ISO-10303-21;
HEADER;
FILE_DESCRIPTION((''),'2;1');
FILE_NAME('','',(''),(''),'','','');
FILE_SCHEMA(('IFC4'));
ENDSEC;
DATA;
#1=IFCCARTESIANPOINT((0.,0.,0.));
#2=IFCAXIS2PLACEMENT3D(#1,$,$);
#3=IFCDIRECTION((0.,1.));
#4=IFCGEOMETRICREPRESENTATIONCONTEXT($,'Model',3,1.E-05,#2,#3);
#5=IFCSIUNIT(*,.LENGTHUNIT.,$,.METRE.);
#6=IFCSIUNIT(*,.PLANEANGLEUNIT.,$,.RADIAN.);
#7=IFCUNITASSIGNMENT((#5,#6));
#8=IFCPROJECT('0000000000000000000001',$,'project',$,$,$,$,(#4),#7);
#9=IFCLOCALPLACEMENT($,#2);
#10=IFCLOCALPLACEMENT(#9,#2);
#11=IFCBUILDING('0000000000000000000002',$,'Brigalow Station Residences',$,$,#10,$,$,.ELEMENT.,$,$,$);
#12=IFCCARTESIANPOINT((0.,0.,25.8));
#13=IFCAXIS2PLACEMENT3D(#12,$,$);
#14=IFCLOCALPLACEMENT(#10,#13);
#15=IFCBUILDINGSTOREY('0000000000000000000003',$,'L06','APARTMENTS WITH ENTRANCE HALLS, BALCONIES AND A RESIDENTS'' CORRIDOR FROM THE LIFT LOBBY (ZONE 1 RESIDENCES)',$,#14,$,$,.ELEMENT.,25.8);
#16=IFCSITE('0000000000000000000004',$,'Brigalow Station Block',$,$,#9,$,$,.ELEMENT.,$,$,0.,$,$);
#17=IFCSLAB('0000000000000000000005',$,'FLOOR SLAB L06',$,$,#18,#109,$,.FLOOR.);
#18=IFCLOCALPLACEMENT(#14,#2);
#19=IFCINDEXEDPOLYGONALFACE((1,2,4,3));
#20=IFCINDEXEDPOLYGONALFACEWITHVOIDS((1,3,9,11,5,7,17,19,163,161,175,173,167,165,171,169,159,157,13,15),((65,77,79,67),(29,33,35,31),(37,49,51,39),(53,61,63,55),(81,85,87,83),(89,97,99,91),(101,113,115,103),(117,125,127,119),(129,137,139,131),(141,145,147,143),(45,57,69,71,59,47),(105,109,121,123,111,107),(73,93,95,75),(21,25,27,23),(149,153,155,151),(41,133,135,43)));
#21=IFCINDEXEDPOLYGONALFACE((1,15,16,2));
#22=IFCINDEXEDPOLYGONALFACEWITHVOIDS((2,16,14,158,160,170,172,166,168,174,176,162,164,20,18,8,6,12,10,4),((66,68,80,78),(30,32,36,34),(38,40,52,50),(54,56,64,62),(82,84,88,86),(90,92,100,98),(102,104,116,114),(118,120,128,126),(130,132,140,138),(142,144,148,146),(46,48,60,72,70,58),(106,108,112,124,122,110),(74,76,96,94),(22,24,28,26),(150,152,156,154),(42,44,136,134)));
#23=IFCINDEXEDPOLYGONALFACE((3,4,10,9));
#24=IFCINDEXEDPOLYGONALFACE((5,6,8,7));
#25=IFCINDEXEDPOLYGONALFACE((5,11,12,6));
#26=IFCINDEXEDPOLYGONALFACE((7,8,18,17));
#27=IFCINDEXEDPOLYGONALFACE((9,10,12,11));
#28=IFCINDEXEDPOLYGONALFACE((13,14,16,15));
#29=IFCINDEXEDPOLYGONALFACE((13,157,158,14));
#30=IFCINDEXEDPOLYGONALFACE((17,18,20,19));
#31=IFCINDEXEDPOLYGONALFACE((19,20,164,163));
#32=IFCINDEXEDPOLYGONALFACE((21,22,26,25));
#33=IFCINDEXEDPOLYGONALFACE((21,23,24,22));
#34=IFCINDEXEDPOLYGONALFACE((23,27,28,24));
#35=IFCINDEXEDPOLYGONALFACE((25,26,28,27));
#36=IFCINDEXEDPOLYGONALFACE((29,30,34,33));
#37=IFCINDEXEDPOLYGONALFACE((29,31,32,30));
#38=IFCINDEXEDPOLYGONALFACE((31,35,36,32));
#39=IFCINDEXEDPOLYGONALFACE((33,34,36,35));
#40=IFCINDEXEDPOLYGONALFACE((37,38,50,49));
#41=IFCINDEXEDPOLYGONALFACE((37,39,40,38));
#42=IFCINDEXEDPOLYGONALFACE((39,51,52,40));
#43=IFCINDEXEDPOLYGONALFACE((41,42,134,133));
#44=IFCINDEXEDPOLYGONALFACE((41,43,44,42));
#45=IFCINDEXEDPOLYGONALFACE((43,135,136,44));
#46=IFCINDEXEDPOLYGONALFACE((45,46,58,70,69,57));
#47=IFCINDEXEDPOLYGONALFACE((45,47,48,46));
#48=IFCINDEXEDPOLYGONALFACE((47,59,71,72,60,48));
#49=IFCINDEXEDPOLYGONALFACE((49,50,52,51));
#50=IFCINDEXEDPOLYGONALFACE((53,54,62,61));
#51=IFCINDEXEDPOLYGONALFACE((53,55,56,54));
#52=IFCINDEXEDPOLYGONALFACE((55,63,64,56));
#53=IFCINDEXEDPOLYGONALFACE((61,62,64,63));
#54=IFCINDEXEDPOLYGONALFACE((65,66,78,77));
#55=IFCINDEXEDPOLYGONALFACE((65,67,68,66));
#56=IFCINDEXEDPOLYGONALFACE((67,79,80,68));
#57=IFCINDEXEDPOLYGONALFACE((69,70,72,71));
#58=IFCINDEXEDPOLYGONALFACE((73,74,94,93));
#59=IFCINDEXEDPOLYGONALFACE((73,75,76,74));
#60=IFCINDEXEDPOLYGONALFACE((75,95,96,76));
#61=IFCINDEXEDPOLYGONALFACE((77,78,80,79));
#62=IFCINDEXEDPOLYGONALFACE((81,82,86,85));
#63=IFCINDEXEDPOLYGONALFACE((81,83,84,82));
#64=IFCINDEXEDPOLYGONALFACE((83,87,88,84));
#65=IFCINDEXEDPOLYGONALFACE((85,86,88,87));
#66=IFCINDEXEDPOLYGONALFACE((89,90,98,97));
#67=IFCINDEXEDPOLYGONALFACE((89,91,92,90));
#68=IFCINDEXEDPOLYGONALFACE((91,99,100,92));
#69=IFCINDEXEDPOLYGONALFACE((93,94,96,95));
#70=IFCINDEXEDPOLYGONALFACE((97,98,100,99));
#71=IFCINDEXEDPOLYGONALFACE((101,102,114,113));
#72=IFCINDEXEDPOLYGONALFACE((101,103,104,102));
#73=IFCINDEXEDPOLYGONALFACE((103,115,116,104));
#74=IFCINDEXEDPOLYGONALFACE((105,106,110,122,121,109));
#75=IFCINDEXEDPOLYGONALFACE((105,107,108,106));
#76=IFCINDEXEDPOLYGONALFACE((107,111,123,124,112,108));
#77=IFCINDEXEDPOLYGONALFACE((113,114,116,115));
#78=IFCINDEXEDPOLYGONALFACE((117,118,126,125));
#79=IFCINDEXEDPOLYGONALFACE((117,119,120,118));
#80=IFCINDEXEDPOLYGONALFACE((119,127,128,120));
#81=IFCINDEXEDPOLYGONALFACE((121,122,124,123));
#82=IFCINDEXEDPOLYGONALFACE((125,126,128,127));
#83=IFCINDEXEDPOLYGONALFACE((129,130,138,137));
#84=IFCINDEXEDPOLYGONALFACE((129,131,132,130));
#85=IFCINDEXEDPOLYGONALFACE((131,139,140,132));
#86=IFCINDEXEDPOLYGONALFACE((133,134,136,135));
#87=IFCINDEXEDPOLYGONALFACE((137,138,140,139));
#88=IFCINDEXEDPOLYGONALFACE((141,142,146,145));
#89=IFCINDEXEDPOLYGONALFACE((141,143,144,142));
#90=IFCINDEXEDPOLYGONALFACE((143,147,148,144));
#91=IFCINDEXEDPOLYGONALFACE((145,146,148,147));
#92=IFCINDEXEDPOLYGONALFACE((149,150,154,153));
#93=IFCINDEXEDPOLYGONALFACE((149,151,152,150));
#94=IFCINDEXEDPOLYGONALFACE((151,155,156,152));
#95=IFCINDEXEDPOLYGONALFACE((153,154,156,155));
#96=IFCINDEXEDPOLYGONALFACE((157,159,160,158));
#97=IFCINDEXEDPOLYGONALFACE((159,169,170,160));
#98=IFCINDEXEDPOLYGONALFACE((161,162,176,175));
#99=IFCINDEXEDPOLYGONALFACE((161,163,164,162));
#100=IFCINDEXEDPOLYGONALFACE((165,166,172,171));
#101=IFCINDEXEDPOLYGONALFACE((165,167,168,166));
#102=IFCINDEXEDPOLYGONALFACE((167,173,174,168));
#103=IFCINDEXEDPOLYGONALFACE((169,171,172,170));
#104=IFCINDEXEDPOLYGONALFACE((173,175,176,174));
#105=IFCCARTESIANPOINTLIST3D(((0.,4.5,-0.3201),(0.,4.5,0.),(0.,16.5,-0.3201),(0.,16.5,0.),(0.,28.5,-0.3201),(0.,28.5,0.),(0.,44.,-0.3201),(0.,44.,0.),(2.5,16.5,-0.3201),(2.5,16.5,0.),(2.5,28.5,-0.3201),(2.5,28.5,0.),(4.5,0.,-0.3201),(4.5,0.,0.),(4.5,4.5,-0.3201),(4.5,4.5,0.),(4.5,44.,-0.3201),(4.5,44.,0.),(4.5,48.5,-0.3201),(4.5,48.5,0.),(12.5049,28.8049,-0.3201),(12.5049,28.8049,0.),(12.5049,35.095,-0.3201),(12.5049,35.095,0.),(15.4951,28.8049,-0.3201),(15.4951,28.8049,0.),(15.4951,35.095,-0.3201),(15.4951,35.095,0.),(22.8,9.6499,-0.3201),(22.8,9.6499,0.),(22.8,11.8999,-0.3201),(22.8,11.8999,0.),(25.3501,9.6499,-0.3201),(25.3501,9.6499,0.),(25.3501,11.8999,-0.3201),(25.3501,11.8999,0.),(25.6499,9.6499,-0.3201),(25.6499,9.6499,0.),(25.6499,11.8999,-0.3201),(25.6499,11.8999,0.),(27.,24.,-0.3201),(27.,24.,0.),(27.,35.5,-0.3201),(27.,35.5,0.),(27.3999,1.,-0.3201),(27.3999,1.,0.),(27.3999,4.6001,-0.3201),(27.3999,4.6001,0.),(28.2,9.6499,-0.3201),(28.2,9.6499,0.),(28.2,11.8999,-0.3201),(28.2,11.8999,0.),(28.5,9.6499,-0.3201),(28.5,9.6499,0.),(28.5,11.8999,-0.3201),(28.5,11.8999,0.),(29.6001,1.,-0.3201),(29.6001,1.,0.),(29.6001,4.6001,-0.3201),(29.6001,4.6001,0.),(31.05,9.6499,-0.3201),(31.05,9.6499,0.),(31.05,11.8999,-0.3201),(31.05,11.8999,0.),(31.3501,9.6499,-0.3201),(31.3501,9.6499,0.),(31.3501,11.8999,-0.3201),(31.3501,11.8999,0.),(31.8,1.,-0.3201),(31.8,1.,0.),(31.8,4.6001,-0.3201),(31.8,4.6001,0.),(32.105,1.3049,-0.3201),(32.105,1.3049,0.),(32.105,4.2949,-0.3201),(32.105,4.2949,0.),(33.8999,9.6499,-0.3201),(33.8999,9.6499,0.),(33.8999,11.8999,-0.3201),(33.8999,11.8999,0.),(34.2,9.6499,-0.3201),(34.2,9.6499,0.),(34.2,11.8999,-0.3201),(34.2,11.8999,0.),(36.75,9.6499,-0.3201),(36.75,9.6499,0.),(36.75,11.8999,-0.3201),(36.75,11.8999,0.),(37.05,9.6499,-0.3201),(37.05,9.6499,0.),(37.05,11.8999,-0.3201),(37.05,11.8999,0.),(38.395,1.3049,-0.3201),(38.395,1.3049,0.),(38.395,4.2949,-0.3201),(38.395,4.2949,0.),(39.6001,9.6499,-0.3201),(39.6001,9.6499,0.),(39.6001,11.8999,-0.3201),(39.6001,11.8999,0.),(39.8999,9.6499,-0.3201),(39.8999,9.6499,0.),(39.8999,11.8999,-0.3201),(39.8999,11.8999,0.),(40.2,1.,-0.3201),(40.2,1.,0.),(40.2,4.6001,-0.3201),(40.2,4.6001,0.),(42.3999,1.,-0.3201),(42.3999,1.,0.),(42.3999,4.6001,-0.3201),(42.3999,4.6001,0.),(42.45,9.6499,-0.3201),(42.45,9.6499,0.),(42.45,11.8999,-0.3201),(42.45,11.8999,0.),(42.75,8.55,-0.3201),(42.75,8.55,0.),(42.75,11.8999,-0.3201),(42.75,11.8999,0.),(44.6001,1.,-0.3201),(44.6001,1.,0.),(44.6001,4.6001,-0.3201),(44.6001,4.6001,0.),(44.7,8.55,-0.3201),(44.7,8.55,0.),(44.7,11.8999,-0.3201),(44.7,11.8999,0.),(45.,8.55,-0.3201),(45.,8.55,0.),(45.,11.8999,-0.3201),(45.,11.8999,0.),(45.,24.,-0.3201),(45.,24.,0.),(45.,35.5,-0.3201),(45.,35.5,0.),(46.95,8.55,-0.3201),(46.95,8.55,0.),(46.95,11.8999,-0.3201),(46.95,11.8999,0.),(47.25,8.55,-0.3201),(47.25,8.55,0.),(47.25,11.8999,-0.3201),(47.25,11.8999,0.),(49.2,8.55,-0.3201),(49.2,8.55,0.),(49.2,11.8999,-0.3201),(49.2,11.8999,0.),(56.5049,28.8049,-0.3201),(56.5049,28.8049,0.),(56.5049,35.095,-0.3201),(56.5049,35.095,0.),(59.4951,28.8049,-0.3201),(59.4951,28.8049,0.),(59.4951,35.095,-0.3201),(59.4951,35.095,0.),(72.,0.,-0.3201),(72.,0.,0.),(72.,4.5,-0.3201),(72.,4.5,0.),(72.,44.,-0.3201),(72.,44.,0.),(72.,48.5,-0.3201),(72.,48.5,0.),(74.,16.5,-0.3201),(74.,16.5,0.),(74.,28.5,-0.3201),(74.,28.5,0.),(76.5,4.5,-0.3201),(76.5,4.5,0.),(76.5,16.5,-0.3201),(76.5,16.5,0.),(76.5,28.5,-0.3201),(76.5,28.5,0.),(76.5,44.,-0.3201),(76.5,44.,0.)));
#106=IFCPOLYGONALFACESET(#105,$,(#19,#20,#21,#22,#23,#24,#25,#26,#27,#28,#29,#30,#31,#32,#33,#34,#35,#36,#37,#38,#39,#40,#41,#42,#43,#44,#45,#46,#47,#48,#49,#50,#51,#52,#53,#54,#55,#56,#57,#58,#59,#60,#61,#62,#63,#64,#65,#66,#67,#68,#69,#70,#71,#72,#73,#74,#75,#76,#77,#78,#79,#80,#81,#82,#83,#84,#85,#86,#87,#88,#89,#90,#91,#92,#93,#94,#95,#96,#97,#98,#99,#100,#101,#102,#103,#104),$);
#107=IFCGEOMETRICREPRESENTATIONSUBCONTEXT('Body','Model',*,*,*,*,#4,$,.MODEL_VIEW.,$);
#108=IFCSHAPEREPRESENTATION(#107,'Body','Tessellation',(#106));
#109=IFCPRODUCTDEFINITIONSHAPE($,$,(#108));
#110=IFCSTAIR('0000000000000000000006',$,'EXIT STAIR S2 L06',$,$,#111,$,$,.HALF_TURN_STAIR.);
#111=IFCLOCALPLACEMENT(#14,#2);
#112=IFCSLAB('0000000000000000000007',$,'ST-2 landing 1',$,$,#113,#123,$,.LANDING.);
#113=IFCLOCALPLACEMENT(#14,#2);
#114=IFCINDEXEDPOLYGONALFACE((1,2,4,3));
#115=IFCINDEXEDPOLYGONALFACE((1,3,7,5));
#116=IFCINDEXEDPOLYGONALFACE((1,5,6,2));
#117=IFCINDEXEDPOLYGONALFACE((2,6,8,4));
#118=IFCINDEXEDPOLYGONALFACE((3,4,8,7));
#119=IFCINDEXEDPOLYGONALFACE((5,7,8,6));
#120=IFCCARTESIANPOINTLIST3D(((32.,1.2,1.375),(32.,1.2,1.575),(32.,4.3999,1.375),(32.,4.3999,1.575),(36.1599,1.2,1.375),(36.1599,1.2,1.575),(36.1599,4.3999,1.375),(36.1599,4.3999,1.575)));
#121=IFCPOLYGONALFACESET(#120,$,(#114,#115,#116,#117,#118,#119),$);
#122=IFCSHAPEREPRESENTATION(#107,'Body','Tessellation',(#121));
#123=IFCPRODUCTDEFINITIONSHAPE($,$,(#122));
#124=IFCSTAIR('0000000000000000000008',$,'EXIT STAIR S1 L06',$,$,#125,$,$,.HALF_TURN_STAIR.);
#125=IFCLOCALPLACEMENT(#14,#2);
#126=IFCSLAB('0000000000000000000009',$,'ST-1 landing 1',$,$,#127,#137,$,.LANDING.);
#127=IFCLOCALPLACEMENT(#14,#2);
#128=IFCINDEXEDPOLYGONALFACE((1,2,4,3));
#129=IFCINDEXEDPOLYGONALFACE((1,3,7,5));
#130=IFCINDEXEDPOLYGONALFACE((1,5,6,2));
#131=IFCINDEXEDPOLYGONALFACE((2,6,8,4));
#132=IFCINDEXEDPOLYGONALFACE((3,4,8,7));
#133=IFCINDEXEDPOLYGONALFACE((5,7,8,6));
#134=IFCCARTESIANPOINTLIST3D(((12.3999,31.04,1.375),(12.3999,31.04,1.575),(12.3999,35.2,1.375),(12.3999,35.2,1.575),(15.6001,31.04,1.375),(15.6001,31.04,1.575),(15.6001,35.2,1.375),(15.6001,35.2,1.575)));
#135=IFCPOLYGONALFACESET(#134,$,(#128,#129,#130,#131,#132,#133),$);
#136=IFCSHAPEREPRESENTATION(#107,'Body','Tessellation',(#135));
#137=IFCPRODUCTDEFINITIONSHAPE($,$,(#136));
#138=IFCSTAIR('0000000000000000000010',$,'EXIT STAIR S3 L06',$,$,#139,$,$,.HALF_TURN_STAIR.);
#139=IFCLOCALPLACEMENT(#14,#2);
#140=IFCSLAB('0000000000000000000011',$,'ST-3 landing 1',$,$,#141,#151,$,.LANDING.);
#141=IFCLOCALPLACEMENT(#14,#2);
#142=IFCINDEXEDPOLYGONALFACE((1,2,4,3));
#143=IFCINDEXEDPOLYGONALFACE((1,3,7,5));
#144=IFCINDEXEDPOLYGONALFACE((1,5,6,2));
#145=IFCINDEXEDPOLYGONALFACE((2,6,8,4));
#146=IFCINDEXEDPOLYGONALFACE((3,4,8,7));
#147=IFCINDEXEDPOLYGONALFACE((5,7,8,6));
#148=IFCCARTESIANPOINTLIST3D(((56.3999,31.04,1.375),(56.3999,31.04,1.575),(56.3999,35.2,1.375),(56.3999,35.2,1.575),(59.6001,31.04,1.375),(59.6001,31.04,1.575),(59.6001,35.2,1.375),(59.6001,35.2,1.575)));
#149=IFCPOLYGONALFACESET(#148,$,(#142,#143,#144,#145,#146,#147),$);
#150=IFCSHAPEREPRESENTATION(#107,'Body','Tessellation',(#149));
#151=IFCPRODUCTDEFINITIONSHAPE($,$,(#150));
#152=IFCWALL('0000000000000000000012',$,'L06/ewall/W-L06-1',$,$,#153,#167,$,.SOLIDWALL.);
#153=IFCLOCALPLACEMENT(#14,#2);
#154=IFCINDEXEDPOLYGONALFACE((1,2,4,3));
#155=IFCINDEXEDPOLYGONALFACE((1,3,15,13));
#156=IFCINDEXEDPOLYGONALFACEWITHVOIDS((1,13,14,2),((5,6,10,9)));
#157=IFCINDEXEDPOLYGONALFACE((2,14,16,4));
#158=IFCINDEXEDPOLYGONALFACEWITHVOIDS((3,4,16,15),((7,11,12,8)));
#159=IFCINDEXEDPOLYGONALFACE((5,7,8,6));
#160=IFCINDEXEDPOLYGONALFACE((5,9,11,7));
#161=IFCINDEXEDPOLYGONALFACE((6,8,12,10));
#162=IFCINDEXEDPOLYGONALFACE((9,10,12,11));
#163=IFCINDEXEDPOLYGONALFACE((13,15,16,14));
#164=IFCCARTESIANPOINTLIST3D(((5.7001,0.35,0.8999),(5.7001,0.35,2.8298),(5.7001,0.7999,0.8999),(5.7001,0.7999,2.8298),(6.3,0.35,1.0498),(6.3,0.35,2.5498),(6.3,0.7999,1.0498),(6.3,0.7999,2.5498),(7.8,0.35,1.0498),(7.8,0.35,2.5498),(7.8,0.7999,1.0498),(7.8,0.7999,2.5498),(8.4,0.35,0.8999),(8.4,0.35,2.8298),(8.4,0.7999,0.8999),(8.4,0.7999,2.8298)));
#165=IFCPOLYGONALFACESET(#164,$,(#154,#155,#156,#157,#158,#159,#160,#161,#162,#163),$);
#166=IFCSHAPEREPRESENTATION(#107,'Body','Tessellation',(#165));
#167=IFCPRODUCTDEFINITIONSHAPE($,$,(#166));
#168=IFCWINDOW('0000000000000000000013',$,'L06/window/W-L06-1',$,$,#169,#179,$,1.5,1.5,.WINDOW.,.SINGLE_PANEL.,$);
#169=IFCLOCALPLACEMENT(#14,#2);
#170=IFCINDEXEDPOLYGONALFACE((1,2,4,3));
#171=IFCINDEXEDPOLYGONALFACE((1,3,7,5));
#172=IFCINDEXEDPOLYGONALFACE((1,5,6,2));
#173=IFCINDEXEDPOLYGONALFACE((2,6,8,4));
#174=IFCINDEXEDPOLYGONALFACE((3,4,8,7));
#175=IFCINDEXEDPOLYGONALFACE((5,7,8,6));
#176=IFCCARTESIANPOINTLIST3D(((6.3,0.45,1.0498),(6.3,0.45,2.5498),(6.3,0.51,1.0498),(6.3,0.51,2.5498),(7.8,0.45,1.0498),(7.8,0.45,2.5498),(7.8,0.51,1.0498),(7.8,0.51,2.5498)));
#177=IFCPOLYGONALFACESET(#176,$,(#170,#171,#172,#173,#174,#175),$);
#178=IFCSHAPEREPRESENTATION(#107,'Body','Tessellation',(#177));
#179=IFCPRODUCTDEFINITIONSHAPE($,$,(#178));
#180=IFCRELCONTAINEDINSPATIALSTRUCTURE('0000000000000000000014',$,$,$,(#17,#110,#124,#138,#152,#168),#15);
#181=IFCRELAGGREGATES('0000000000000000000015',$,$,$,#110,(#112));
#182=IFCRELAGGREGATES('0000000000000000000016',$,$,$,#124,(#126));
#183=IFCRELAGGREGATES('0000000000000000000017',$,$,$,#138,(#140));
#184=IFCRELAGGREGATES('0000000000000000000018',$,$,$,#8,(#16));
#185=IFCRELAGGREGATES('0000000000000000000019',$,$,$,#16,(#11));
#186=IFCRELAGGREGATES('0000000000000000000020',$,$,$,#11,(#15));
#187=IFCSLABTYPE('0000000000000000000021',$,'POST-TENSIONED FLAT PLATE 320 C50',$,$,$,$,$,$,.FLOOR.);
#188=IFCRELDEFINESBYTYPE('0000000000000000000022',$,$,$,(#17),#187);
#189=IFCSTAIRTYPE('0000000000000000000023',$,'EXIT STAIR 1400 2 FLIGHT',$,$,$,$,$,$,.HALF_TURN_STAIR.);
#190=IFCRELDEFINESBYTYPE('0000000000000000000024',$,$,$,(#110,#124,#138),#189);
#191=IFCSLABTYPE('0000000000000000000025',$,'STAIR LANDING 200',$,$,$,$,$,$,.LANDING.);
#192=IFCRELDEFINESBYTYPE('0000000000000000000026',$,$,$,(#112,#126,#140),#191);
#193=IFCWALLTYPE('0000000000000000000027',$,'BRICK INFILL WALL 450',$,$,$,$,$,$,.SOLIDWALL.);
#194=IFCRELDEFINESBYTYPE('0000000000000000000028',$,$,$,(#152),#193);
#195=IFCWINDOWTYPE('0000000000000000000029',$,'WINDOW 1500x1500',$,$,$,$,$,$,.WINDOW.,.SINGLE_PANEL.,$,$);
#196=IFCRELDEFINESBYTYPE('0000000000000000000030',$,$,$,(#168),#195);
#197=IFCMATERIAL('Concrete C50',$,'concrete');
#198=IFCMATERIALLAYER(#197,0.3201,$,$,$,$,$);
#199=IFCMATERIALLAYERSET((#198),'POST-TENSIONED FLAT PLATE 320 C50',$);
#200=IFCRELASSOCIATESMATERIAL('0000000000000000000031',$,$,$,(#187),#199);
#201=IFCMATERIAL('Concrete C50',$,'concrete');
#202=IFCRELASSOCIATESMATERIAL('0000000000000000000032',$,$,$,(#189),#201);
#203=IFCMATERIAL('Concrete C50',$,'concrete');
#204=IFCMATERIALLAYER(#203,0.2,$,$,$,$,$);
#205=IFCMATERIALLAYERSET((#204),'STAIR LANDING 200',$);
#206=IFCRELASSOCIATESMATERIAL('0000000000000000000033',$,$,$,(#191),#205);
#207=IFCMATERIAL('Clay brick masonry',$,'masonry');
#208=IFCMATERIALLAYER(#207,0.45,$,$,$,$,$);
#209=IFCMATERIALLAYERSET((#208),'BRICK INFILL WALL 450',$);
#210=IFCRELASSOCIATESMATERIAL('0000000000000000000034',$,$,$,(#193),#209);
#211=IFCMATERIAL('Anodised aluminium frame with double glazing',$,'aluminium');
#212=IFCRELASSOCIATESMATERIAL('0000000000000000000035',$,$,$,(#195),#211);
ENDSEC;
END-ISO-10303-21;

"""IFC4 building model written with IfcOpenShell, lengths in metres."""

from ifc_helpers import new_model, si_unit, direction, frame, frame_2d, origin, place, context, subcontext, project, spatial, polyline, rectangle, outline, extrude, material, layer, layer_set, type_object, element, fill, aggregate, save


model = new_model("IFC4")

# Units and contexts
model_context = context("Model", 3, precision=1e-05, world=origin(), true_north=direction((0.0, 1.0)))
body_context = subcontext(model_context, "Body", "Model", "MODEL_VIEW")
ifc_project = project(units=[si_unit("LENGTHUNIT", "METRE"), si_unit("PLANEANGLEUNIT", "RADIAN")], contexts=[model_context])

# Site, building, storey
site_placement = place(None, origin())
site = spatial("IfcSite", under=ifc_project, at=site_placement, Name="Brigalow Station Block", CompositionType="ELEMENT", RefElevation=0.0)
building_placement = place(site_placement, origin())
building = spatial("IfcBuilding", under=site, at=building_placement, Name="Brigalow Station Residences", CompositionType="ELEMENT")
storey_placement = place(building_placement, frame((0.0, 0.0, 25.8)))
storey = spatial("IfcBuildingStorey", under=building, at=storey_placement, Name="L06", Description="APARTMENTS WITH ENTRANCE HALLS, BALCONIES AND A RESIDENTS' CORRIDOR FROM THE LIFT LOBBY (ZONE 1 RESIDENCES)", CompositionType="ELEMENT", Elevation=25.8)

# Slab
ifc_material_1 = material(Name="Concrete C50", Category="concrete")
ifc_layer_1 = layer(ifc_material_1, 0.3201)
ifc_layer_set_1 = layer_set([ifc_layer_1], Name="POST-TENSIONED FLAT PLATE 320 C50")
slab_type_1 = type_object("IfcSlabType", Name="POST-TENSIONED FLAT PLATE 320 C50", PredefinedType="FLOOR", material=ifc_layer_set_1)
slab_1_placement = place(storey_placement, frame((0.0, 0.0, -0.3201)))
element("IfcSlab", 1, at=slab_1_placement, inside=storey, type_object=slab_type_1, Name="FLOOR SLAB L06", PredefinedType="FLOOR", context=body_context, shape_type="SweptSolid", body=[
    extrude(outline(polyline([(4.5, 0.0), (72.0, 0.0), (72.0, 4.5), (76.5, 4.5), (76.5, 16.5), (74.0, 16.5), (74.0, 28.5), (76.5, 28.5), (76.5, 44.0), (72.0, 44.0), (72.0, 48.5), (4.5, 48.5), (4.5, 44.0), (0.0, 44.0), (0.0, 28.5), (2.5, 28.5), (2.5, 16.5), (0.0, 16.5), (0.0, 4.5), (4.5, 4.5), (4.5, 0.0)]), holes=[polyline([(15.4951, 35.095), (15.4951, 28.8049), (12.5049, 28.8049), (12.5049, 35.095), (15.4951, 35.095)]), polyline([(22.8, 11.8999), (25.3501, 11.8999), (25.3501, 9.6499), (22.8, 9.6499), (22.8, 11.8999)]), polyline([(25.6499, 11.8999), (28.2, 11.8999), (28.2, 9.6499), (25.6499, 9.6499), (25.6499, 11.8999)]), polyline([(28.5, 11.8999), (31.05, 11.8999), (31.05, 9.6499), (28.5, 9.6499), (28.5, 11.8999)]), polyline([(29.6001, 1.0), (27.3999, 1.0), (27.3999, 4.6001), (29.6001, 4.6001), (31.8, 4.6001), (31.8, 1.0), (29.6001, 1.0)]), polyline([(31.3501, 11.8999), (33.8999, 11.8999), (33.8999, 9.6499), (31.3501, 9.6499), (31.3501, 11.8999)]), polyline([(32.105, 4.2949), (38.395, 4.2949), (38.395, 1.3049), (32.105, 1.3049), (32.105, 4.2949)]), polyline([(36.75, 11.8999), (36.75, 9.6499), (34.2, 9.6499), (34.2, 11.8999), (36.75, 11.8999)]), polyline([(37.05, 11.8999), (39.6001, 11.8999), (39.6001, 9.6499), (37.05, 9.6499), (37.05, 11.8999)]), polyline([(39.8999, 11.8999), (42.45, 11.8999), (42.45, 9.6499), (39.8999, 9.6499), (39.8999, 11.8999)]), polyline([(42.3999, 1.0), (40.2, 1.0), (40.2, 4.6001), (42.3999, 4.6001), (44.6001, 4.6001), (44.6001, 1.0), (42.3999, 1.0)]), polyline([(42.75, 11.8999), (44.7, 11.8999), (44.7, 8.55), (42.75, 8.55), (42.75, 11.8999)]), polyline([(45.0, 11.8999), (46.95, 11.8999), (46.95, 8.55), (45.0, 8.55), (45.0, 11.8999)]), polyline([(45.0, 35.5), (45.0, 24.0), (27.0, 24.0), (27.0, 35.5), (45.0, 35.5)]), polyline([(47.25, 11.8999), (49.2, 11.8999), (49.2, 8.55), (47.25, 8.55), (47.25, 11.8999)]), polyline([(59.4951, 35.095), (59.4951, 28.8049), (56.5049, 28.8049), (56.5049, 35.095), (59.4951, 35.095)])]), origin(), (0.0, 0.0, 1.0), 0.3201),
])

# Stairs, slabs
ifc_material_2 = material(Name="Concrete C50", Category="concrete")
stair_type = type_object("IfcStairType", Name="EXIT STAIR 1400 2 FLIGHT", PredefinedType="HALF_TURN_STAIR", material=ifc_material_2)
stair_1_placement = place(storey_placement, origin())
stair_1 = element("IfcStair", 2, at=stair_1_placement, inside=storey, type_object=stair_type, Name="EXIT STAIR S2 L06", PredefinedType="HALF_TURN_STAIR")
ifc_material_3 = material(Name="Concrete C50", Category="concrete")
ifc_layer_2 = layer(ifc_material_3, 0.2)
ifc_layer_set_2 = layer_set([ifc_layer_2], Name="STAIR LANDING 200")
slab_type_2 = type_object("IfcSlabType", Name="STAIR LANDING 200", PredefinedType="LANDING", material=ifc_layer_set_2)
slab_2_placement = place(storey_placement, frame((0.0, 0.0, 1.375)))
slab_2 = element("IfcSlab", 3, at=slab_2_placement, type_object=slab_type_2, Name="ST-2 landing 1", PredefinedType="LANDING", context=body_context, shape_type="SweptSolid", body=[
    extrude(outline(polyline([(32.0, 1.2), (36.1599, 1.2), (36.1599, 4.3999), (32.0, 4.3999), (32.0, 1.2)])), origin(), (0.0, 0.0, 1.0), 0.2),
])
aggregate(stair_1, [slab_2])
stair_2_placement = place(storey_placement, origin())
stair_2 = element("IfcStair", 4, at=stair_2_placement, inside=storey, type_object=stair_type, Name="EXIT STAIR S1 L06", PredefinedType="HALF_TURN_STAIR")
slab_3_placement = place(storey_placement, frame((0.0, 0.0, 1.375)))
slab_3 = element("IfcSlab", 5, at=slab_3_placement, type_object=slab_type_2, Name="ST-1 landing 1", PredefinedType="LANDING", context=body_context, shape_type="SweptSolid", body=[
    extrude(outline(polyline([(12.3999, 31.04), (15.6001, 31.04), (15.6001, 35.2), (12.3999, 35.2), (12.3999, 31.04)])), origin(), (0.0, 0.0, 1.0), 0.2),
])
aggregate(stair_2, [slab_3])
stair_3_placement = place(storey_placement, origin())
stair_3 = element("IfcStair", 6, at=stair_3_placement, inside=storey, type_object=stair_type, Name="EXIT STAIR S3 L06", PredefinedType="HALF_TURN_STAIR")
slab_4_placement = place(storey_placement, frame((0.0, 0.0, 1.375)))
slab_4 = element("IfcSlab", 7, at=slab_4_placement, type_object=slab_type_2, Name="ST-3 landing 1", PredefinedType="LANDING", context=body_context, shape_type="SweptSolid", body=[
    extrude(outline(polyline([(56.3999, 31.04), (59.6001, 31.04), (59.6001, 35.2), (56.3999, 35.2), (56.3999, 31.04)])), origin(), (0.0, 0.0, 1.0), 0.2),
])
aggregate(stair_3, [slab_4])

# Wall, opening, window
ifc_material_4 = material(Name="Clay brick masonry", Category="masonry")
ifc_layer_3 = layer(ifc_material_4, 0.45)
ifc_layer_set_3 = layer_set([ifc_layer_3], Name="BRICK INFILL WALL 450")
wall_type_1 = type_object("IfcWallType", Name="BRICK INFILL WALL 450", PredefinedType="SOLIDWALL", material=ifc_layer_set_3)
wall_1_placement = place(storey_placement, frame((5.7, 0.575, 0.8999), z_axis=(0.0, 0.0, 1.0), x_axis=(1.0, 0.0, 0.0)))
wall_1 = element("IfcWall", 8, at=wall_1_placement, inside=storey, type_object=wall_type_1, Name="L06/ewall/W-L06-1", PredefinedType="SOLIDWALL", context=body_context, shape_type="SweptSolid", body=[
    extrude(rectangle(XDim=2.7, YDim=0.45, at=frame_2d((1.3501, 0.0))), origin(), (0.0, 0.0, 1.0), 1.9299),
])
opening_1_placement = place(wall_1_placement, frame((0.6001, 0.0, 0.1499)))
opening_1 = element("IfcOpeningElement", 9, at=opening_1_placement, cuts=wall_1, PredefinedType="OPENING", context=body_context, shape_type="SweptSolid", body=[
    extrude(rectangle(XDim=1.5, YDim=1.5, at=frame_2d((0.75, 0.75))), frame((0.0, 0.2349, 0.0), z_axis=(0.0, -1.0, 0.0), x_axis=(1.0, 0.0, 0.0)), (0.0, 0.0, 1.0), 0.47),
])
ifc_material_5 = material(Name="Anodised aluminium frame with double glazing", Category="aluminium")
window_type_1 = type_object("IfcWindowType", Name="WINDOW 1500x1500", PartitioningType="SINGLE_PANEL", PredefinedType="WINDOW", material=ifc_material_5)
window_1_placement = place(opening_1_placement, origin())
window_1 = element("IfcWindow", 10, at=window_1_placement, inside=storey, type_object=window_type_1, Name="L06/window/W-L06-1", OverallHeight=1.5, OverallWidth=1.5, PartitioningType="SINGLE_PANEL", PredefinedType="WINDOW", context=body_context, shape_type="SweptSolid", body=[
    extrude(rectangle(XDim=1.5, YDim=1.5, at=frame_2d((0.75, 0.75))), frame((0.0, -0.0649, 0.0), z_axis=(0.0, -1.0, 0.0), x_axis=(1.0, 0.0, 0.0)), (0.0, 0.0, 1.0), 0.0601),
])
fill(opening_1, window_1)

save(model, "model.ifc")
